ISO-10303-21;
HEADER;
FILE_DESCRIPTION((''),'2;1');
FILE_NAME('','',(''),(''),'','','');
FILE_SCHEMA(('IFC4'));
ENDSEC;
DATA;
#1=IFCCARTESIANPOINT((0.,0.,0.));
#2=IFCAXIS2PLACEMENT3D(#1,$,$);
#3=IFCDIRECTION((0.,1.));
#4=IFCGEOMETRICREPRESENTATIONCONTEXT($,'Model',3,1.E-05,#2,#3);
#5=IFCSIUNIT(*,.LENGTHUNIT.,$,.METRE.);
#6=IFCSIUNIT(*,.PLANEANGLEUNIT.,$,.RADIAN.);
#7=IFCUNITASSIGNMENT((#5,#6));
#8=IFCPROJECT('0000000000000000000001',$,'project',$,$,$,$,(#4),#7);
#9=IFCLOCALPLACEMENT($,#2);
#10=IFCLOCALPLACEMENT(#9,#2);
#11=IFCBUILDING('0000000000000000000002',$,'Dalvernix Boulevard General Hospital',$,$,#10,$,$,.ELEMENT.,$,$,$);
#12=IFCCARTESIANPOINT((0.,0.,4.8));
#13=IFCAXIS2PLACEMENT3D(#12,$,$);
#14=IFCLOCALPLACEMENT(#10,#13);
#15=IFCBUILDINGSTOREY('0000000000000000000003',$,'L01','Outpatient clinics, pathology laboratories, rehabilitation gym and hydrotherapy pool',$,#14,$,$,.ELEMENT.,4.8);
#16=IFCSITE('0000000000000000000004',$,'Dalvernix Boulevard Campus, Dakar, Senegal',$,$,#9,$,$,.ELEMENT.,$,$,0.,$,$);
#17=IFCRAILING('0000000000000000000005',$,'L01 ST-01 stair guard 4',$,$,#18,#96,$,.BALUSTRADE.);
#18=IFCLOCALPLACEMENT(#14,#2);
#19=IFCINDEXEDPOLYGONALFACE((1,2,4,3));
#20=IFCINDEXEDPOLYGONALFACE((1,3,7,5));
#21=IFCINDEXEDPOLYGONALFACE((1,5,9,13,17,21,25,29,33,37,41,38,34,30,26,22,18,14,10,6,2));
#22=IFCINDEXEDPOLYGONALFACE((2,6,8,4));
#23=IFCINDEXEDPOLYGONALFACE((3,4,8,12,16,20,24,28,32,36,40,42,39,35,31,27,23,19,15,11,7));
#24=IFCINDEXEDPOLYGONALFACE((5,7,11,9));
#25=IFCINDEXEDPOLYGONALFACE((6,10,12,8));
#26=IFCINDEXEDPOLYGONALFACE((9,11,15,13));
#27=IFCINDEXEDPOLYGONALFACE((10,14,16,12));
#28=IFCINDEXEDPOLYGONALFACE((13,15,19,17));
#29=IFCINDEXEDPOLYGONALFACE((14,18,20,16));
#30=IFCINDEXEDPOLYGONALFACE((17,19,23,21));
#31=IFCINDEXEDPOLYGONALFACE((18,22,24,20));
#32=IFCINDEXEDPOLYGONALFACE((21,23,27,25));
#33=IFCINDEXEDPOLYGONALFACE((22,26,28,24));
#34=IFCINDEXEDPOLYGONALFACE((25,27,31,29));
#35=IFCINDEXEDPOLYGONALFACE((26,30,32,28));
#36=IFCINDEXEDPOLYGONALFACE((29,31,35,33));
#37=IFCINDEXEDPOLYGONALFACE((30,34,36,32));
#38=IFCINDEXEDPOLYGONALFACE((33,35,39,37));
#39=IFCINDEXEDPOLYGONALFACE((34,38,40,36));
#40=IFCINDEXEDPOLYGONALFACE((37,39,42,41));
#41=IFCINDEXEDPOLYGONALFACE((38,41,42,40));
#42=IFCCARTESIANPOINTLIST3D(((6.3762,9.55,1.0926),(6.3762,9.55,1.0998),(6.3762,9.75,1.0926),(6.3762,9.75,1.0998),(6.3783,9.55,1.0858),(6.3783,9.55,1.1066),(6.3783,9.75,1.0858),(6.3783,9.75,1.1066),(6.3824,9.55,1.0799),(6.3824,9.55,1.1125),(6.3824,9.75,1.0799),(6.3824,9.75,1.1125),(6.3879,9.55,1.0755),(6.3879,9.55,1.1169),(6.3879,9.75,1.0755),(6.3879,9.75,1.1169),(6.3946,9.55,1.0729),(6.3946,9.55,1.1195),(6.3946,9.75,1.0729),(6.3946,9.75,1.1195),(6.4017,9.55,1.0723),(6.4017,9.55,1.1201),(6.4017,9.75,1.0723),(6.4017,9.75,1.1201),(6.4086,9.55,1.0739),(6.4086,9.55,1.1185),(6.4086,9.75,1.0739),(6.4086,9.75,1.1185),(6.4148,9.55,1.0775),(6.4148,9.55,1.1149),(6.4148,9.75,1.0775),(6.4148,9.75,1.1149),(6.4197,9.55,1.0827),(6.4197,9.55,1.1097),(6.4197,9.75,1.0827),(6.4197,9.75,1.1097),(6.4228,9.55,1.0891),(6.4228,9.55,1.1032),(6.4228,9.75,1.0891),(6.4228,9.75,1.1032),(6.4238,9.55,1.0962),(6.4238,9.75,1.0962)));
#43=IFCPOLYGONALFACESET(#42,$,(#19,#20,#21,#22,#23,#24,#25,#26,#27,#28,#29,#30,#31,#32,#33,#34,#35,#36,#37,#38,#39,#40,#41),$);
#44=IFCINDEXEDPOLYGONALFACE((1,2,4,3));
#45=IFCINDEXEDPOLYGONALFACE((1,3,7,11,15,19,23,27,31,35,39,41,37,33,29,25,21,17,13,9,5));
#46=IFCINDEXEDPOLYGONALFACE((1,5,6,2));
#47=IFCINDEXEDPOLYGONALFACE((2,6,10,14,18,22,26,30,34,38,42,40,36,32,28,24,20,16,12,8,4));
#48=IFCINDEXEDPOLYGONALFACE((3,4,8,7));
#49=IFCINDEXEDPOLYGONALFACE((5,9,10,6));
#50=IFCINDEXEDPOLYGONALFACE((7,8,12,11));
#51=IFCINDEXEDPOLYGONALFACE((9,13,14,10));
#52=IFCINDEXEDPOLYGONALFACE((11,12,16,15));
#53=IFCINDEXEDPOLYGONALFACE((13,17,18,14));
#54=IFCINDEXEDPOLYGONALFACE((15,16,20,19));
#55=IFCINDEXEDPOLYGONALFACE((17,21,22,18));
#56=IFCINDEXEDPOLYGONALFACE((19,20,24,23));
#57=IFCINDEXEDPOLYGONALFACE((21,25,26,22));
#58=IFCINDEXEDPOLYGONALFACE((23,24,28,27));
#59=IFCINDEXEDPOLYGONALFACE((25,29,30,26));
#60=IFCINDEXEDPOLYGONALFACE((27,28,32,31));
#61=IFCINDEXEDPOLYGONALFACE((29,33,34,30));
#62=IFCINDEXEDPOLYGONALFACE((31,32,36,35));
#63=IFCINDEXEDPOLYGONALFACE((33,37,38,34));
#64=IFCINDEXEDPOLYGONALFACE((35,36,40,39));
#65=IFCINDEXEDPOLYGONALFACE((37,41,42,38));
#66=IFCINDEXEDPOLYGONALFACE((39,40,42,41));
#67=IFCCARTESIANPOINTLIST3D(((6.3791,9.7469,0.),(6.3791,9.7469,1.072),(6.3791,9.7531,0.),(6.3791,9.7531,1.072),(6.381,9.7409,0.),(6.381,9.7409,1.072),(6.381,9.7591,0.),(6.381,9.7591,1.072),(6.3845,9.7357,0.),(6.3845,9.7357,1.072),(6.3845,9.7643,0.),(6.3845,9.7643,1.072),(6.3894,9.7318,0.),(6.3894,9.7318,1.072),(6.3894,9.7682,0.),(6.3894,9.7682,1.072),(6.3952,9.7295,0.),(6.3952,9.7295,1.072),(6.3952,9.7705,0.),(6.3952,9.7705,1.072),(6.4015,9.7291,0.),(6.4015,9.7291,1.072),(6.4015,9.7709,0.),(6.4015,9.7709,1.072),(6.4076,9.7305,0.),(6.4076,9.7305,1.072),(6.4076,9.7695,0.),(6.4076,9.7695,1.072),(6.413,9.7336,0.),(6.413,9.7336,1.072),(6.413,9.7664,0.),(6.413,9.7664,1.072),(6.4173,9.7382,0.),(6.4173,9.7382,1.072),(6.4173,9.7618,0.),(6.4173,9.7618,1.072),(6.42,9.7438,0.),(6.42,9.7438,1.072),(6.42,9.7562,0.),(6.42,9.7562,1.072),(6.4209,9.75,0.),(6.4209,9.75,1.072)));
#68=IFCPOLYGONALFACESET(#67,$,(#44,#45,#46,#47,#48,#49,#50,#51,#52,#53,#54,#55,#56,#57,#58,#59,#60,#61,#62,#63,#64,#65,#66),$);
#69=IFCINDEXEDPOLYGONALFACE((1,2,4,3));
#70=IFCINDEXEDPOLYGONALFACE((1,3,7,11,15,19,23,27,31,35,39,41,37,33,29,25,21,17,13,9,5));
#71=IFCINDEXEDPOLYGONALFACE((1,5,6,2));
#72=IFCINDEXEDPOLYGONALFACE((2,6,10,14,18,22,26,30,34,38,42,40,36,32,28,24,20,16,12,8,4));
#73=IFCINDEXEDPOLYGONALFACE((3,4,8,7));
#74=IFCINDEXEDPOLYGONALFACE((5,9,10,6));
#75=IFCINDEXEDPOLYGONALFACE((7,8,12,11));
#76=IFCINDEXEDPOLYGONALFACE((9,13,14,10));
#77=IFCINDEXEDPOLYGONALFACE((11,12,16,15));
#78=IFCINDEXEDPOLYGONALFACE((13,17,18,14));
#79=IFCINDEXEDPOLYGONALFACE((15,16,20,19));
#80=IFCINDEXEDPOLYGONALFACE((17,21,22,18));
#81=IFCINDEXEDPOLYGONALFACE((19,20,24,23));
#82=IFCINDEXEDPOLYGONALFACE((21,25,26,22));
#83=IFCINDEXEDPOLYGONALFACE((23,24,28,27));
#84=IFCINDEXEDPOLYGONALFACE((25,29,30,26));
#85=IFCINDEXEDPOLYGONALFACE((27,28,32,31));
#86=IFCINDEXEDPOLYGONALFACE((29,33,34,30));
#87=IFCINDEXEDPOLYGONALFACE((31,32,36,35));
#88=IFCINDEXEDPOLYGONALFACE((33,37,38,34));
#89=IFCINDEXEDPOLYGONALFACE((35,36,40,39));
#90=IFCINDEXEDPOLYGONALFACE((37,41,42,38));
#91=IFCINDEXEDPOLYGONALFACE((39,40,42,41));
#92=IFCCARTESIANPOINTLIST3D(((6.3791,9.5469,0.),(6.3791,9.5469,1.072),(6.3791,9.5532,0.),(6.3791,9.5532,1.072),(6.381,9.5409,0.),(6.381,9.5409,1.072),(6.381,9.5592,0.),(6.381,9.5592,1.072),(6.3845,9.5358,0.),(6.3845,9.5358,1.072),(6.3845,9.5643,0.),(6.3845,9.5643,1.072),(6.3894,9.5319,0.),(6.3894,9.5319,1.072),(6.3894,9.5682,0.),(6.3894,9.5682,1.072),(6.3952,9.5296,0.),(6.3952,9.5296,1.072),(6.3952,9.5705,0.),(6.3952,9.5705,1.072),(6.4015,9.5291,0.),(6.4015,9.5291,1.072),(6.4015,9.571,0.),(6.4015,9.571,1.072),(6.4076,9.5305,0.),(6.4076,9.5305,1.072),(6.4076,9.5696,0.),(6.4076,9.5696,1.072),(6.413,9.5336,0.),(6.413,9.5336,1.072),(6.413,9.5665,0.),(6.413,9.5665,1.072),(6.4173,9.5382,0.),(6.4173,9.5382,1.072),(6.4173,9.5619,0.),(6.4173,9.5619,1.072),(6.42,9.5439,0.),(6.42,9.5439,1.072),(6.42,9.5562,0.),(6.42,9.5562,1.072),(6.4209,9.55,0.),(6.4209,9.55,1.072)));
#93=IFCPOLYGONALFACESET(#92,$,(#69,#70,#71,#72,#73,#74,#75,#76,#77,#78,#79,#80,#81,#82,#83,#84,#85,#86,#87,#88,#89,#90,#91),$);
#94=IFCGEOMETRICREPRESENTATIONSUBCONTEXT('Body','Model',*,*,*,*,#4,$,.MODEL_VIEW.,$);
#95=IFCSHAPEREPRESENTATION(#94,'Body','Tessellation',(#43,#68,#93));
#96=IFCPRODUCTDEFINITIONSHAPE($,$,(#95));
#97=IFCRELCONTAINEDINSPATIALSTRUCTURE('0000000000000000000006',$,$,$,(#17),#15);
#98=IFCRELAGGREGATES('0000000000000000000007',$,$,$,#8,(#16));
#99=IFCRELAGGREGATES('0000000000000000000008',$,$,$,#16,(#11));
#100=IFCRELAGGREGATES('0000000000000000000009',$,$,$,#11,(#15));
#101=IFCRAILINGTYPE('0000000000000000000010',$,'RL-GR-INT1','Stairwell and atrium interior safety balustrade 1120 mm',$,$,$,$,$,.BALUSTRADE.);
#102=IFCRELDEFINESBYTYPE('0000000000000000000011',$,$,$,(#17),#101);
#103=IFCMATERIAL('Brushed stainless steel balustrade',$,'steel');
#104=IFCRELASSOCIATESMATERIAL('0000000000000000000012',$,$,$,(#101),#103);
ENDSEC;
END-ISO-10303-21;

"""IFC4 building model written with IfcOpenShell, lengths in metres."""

from ifc_helpers import new_model, si_unit, direction, frame, origin, origin_2d, place, context, subcontext, project, spatial, circle, extrude, material, type_object, element, save


model = new_model("IFC4")

# Units and contexts
model_context = context("Model", 3, precision=1e-05, world=origin(), true_north=direction((0.0, 1.0)))
body_context = subcontext(model_context, "Body", "Model", "MODEL_VIEW")
ifc_project = project(units=[si_unit("LENGTHUNIT", "METRE"), si_unit("PLANEANGLEUNIT", "RADIAN")], contexts=[model_context])

# Site, building, storey
site_placement = place(None, origin())
site = spatial("IfcSite", under=ifc_project, at=site_placement, Name="Dalvernix Boulevard Campus, Dakar, Senegal", CompositionType="ELEMENT", RefElevation=0.0)
building_placement = place(site_placement, origin())
building = spatial("IfcBuilding", under=site, at=building_placement, Name="Dalvernix Boulevard General Hospital", CompositionType="ELEMENT")
storey_placement = place(building_placement, frame((0.0, 0.0, 4.8)))
storey = spatial("IfcBuildingStorey", under=building, at=storey_placement, Name="L01", Description="Outpatient clinics, pathology laboratories, rehabilitation gym and hydrotherapy pool", CompositionType="ELEMENT", Elevation=4.8)

# Railing
ifc_material_1 = material(Name="Brushed stainless steel balustrade", Category="steel")
railing_type_1 = type_object("IfcRailingType", Name="RL-GR-INT1", Description="Stairwell and atrium interior safety balustrade 1120 mm", PredefinedType="BALUSTRADE", material=ifc_material_1)
railing_1_placement = place(storey_placement, frame((6.3999, 9.75, 0.0)))
element("IfcRailing", 1, at=railing_1_placement, inside=storey, type_object=railing_type_1, Name="L01 ST-01 stair guard 4", PredefinedType="BALUSTRADE", context=body_context, shape_type="SweptSolid", body=[
    extrude(circle(Radius=0.0239, at=origin_2d()), frame((0.0, 0.0, 1.0962), z_axis=(0.0, -1.0, 0.0), x_axis=(1.0, 0.0, 0.0)), (0.0, 0.0, 1.0), 0.2),
    extrude(circle(Radius=0.021, at=origin_2d()), origin(), (0.0, 0.0, 1.0), 1.072),
    extrude(circle(Radius=0.021, at=origin_2d()), frame((0.0, -0.2, 0.0)), (0.0, 0.0, 1.0), 1.072),
])

save(model, "model.ifc")
